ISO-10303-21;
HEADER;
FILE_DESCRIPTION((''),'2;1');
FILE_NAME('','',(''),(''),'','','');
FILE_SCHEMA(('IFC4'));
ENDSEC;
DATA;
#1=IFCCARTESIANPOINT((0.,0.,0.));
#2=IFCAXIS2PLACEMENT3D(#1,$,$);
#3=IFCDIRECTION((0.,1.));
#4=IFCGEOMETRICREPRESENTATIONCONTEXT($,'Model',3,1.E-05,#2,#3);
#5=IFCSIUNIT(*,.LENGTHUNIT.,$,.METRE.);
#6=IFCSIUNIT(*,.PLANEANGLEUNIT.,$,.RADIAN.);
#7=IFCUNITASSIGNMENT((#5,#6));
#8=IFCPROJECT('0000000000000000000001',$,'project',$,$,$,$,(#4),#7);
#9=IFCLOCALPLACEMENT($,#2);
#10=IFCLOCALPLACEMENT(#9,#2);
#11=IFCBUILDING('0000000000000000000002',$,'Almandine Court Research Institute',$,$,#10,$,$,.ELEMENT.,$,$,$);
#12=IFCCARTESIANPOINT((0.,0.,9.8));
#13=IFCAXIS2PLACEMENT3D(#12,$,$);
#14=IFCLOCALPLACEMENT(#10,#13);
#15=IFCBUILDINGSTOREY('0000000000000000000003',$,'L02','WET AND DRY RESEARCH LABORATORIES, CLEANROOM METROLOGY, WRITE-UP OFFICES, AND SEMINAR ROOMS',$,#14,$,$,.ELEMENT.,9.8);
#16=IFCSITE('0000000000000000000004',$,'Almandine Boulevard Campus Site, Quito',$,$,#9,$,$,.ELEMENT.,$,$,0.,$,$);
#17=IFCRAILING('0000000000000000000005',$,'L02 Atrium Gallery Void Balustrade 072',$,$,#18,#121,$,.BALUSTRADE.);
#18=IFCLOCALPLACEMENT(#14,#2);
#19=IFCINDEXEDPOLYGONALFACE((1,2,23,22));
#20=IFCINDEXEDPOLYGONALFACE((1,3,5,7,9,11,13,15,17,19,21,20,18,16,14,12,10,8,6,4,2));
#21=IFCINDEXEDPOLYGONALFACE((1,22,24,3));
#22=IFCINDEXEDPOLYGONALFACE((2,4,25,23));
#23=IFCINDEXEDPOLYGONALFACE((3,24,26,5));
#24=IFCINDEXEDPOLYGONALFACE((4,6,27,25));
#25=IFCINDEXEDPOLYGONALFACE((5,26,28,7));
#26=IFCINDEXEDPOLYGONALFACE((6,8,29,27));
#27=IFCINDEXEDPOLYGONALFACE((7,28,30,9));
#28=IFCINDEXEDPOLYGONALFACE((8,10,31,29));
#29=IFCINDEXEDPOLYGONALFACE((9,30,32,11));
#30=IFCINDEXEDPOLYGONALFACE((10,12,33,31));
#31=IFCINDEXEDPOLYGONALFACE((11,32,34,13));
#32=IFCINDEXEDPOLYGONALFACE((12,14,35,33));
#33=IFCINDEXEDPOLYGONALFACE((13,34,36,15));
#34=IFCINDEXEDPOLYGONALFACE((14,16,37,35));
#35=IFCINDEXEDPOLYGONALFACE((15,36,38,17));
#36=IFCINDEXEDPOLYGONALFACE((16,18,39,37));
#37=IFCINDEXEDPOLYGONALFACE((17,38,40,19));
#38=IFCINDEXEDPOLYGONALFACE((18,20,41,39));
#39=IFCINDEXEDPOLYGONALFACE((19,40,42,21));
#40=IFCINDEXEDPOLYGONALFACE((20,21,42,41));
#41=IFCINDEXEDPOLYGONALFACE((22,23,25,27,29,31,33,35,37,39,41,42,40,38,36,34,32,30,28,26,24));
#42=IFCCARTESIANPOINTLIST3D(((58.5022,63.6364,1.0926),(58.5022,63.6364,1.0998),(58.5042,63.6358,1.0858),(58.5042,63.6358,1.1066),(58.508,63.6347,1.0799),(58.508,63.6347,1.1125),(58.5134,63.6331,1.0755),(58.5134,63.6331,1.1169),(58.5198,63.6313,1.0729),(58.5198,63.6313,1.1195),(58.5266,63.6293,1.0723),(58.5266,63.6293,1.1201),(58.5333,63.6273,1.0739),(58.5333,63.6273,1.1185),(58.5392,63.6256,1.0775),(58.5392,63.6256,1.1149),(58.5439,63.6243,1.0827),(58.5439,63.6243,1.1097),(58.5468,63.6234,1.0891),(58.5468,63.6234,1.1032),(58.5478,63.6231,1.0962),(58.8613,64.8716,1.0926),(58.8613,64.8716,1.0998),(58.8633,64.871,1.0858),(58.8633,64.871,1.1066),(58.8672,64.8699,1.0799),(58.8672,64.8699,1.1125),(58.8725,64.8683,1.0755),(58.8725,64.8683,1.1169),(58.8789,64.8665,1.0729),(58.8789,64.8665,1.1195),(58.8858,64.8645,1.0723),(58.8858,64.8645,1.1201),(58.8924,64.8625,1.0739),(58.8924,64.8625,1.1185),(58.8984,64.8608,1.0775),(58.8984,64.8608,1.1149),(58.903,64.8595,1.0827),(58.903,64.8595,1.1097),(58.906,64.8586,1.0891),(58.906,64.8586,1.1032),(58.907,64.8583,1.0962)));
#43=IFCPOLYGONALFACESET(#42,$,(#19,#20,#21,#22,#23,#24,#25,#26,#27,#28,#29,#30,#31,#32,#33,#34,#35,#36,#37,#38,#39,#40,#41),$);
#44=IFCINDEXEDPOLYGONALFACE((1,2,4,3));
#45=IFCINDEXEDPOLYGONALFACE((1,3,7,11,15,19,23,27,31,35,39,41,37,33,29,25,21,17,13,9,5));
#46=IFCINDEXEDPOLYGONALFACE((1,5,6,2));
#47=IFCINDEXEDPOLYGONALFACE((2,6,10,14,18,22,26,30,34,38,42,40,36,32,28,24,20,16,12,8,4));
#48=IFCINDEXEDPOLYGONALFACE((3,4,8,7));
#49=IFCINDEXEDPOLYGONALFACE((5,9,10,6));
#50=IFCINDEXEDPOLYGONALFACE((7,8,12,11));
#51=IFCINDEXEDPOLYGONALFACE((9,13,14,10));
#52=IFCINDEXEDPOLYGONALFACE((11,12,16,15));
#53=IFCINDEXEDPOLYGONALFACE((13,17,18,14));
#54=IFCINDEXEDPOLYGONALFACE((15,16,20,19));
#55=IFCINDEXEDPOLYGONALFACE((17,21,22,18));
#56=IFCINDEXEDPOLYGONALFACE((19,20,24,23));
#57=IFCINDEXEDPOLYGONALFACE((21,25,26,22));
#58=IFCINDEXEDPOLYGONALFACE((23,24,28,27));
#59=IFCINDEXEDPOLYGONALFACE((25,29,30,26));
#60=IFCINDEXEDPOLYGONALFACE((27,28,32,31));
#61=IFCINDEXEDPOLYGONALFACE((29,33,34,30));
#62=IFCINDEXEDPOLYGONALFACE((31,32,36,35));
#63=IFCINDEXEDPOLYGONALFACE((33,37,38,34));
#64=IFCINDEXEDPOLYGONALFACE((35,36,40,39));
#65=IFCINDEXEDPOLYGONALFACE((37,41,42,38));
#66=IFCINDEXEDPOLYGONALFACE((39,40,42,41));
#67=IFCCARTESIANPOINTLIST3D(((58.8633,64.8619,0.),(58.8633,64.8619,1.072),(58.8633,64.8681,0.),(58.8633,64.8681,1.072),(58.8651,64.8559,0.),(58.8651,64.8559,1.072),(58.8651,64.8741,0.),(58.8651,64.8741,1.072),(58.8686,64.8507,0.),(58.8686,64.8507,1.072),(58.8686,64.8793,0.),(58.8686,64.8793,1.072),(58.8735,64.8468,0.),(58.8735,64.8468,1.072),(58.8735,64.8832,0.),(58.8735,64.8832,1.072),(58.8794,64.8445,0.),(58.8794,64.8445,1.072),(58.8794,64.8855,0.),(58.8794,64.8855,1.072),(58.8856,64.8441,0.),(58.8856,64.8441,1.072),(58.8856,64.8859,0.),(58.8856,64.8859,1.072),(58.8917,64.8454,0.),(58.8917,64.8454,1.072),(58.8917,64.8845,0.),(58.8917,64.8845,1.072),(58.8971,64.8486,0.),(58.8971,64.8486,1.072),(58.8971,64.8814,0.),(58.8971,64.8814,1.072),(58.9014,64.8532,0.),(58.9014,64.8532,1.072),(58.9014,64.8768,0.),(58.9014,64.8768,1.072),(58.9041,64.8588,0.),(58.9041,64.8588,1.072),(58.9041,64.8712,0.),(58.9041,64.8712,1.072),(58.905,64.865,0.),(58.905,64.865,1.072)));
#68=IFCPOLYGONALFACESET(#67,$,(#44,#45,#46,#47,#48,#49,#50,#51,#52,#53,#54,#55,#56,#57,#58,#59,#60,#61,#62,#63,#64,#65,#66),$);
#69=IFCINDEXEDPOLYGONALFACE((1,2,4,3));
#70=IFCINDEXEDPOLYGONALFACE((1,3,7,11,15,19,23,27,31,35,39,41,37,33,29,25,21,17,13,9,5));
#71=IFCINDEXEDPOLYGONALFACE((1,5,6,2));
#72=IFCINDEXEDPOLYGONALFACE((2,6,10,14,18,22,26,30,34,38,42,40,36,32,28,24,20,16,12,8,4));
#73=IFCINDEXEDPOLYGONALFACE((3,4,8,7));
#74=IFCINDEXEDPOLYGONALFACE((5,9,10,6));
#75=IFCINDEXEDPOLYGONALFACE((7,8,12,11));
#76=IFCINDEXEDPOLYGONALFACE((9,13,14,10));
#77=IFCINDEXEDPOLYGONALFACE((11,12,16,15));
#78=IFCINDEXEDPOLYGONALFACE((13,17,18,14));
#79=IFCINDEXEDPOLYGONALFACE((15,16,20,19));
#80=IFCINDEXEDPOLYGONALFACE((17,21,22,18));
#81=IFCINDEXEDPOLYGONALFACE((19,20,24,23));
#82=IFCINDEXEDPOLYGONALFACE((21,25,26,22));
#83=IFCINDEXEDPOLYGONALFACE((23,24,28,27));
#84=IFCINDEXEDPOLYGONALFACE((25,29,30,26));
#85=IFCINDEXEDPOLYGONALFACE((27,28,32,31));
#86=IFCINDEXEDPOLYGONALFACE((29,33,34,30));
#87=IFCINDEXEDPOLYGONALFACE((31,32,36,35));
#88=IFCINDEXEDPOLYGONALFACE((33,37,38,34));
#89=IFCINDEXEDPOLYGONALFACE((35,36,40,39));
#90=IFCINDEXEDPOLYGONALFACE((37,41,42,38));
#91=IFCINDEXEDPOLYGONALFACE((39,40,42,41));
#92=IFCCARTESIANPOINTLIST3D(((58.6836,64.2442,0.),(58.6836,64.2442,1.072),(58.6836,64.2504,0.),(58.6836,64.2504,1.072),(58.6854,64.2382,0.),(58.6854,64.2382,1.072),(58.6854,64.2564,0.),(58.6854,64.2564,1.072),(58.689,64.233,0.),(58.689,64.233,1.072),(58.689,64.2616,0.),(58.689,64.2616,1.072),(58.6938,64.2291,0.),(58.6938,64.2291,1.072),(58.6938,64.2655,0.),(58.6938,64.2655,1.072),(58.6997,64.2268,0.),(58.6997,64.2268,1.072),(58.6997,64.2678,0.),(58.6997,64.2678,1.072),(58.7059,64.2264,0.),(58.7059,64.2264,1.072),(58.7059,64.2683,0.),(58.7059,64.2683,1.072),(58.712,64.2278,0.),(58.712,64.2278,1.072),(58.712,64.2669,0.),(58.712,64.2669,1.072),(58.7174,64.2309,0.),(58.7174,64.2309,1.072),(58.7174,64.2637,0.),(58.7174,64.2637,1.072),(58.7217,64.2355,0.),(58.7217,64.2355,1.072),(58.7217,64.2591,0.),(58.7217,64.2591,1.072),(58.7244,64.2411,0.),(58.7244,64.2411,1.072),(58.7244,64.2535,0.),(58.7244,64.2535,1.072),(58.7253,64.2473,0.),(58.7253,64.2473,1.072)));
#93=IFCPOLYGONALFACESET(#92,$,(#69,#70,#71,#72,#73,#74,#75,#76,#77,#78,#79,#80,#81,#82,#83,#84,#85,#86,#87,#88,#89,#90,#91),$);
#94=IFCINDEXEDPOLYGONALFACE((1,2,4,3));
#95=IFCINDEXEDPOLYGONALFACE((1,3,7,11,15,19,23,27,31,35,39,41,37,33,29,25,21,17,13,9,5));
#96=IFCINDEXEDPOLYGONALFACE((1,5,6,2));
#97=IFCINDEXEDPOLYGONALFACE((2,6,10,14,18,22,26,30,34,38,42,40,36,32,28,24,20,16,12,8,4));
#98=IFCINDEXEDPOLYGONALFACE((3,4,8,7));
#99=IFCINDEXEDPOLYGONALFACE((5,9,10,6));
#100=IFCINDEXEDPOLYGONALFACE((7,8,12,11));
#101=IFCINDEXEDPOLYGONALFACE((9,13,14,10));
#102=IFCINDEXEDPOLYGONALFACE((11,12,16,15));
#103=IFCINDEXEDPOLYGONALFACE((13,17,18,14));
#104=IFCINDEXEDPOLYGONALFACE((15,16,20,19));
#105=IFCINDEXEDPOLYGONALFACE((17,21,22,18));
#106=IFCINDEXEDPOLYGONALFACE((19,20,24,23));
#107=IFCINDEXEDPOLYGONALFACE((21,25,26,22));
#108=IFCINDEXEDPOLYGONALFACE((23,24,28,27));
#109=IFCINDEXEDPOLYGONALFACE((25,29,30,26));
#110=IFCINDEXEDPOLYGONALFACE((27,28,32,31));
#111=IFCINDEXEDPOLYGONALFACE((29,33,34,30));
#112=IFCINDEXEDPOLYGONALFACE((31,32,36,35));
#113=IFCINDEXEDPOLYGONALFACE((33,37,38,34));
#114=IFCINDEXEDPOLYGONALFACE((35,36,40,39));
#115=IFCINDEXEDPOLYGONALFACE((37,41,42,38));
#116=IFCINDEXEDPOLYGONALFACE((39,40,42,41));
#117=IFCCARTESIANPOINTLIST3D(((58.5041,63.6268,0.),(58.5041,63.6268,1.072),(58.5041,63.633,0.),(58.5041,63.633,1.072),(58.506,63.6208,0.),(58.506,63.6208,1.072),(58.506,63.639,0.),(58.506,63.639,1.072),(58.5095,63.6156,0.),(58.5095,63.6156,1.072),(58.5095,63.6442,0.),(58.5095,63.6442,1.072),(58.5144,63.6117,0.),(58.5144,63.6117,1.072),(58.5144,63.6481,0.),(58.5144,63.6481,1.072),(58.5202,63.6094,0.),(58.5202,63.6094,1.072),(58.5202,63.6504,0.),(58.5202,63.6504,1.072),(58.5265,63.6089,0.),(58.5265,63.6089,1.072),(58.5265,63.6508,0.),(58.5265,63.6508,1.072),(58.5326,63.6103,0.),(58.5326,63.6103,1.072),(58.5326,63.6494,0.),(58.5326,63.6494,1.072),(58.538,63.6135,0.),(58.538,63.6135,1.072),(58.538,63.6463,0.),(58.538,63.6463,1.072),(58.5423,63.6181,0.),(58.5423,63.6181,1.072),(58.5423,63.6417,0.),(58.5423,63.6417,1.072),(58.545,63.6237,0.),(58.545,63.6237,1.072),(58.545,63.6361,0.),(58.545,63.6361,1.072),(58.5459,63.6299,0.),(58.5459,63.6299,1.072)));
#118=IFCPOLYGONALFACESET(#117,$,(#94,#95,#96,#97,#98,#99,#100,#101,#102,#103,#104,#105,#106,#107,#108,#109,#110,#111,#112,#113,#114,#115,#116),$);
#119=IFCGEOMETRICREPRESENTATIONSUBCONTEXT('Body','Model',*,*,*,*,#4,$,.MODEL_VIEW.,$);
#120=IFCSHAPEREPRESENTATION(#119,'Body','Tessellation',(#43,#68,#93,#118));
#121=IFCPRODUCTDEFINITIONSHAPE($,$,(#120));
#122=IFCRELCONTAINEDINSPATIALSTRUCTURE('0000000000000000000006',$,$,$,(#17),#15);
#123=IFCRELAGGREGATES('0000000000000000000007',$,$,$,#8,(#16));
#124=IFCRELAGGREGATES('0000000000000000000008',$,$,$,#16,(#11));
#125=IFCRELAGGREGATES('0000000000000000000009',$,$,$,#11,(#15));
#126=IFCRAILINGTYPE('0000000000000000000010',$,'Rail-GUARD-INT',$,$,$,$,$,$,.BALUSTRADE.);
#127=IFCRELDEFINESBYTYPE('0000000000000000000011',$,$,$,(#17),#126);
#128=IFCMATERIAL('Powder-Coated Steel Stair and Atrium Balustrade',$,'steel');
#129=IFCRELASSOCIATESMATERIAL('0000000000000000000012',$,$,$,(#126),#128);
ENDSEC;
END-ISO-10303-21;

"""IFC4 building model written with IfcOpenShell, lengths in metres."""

from ifc_helpers import new_model, si_unit, direction, frame, origin, origin_2d, place, context, subcontext, project, spatial, circle, extrude, material, type_object, element, save


model = new_model("IFC4")

# Units and contexts
model_context = context("Model", 3, precision=1e-05, world=origin(), true_north=direction((0.0, 1.0)))
body_context = subcontext(model_context, "Body", "Model", "MODEL_VIEW")
ifc_project = project(units=[si_unit("LENGTHUNIT", "METRE"), si_unit("PLANEANGLEUNIT", "RADIAN")], contexts=[model_context])

# Site, building, storey
site_placement = place(None, origin())
site = spatial("IfcSite", under=ifc_project, at=site_placement, Name="Almandine Boulevard Campus Site, Quito", CompositionType="ELEMENT", RefElevation=0.0)
building_placement = place(site_placement, origin())
building = spatial("IfcBuilding", under=site, at=building_placement, Name="Almandine Court Research Institute", CompositionType="ELEMENT")
storey_placement = place(building_placement, frame((0.0, 0.0, 9.8)))
storey = spatial("IfcBuildingStorey", under=building, at=storey_placement, Name="L02", Description="WET AND DRY RESEARCH LABORATORIES, CLEANROOM METROLOGY, WRITE-UP OFFICES, AND SEMINAR ROOMS", CompositionType="ELEMENT", Elevation=9.8)

# Railing
ifc_material_1 = material(Name="Powder-Coated Steel Stair and Atrium Balustrade", Category="steel")
railing_type = type_object("IfcRailingType", Name="Rail-GUARD-INT", PredefinedType="BALUSTRADE", material=ifc_material_1)
railing_1_placement = place(storey_placement, frame((58.884, 64.865, 0.0)))
element("IfcRailing", 1, at=railing_1_placement, inside=storey, type_object=railing_type, Name="L02 Atrium Gallery Void Balustrade 072", PredefinedType="BALUSTRADE", context=body_context, shape_type="SweptSolid", body=[
    extrude(circle(Radius=0.0239, at=origin_2d()), frame((0.0, 0.0, 1.0962), z_axis=(-0.279205, -0.960231, 0.0), x_axis=(0.960231, -0.279205, 0.0)), (0.0, 0.0, 1.0), 1.2864),
    extrude(circle(Radius=0.021, at=origin_2d()), origin(), (0.0, 0.0, 1.0), 1.072),
    extrude(circle(Radius=0.021, at=origin_2d()), frame((-0.1797, -0.6177, 0.0)), (0.0, 0.0, 1.0), 1.072),
    extrude(circle(Radius=0.021, at=origin_2d()), frame((-0.3591, -1.2351, 0.0)), (0.0, 0.0, 1.0), 1.072),
])

save(model, "model.ifc")
